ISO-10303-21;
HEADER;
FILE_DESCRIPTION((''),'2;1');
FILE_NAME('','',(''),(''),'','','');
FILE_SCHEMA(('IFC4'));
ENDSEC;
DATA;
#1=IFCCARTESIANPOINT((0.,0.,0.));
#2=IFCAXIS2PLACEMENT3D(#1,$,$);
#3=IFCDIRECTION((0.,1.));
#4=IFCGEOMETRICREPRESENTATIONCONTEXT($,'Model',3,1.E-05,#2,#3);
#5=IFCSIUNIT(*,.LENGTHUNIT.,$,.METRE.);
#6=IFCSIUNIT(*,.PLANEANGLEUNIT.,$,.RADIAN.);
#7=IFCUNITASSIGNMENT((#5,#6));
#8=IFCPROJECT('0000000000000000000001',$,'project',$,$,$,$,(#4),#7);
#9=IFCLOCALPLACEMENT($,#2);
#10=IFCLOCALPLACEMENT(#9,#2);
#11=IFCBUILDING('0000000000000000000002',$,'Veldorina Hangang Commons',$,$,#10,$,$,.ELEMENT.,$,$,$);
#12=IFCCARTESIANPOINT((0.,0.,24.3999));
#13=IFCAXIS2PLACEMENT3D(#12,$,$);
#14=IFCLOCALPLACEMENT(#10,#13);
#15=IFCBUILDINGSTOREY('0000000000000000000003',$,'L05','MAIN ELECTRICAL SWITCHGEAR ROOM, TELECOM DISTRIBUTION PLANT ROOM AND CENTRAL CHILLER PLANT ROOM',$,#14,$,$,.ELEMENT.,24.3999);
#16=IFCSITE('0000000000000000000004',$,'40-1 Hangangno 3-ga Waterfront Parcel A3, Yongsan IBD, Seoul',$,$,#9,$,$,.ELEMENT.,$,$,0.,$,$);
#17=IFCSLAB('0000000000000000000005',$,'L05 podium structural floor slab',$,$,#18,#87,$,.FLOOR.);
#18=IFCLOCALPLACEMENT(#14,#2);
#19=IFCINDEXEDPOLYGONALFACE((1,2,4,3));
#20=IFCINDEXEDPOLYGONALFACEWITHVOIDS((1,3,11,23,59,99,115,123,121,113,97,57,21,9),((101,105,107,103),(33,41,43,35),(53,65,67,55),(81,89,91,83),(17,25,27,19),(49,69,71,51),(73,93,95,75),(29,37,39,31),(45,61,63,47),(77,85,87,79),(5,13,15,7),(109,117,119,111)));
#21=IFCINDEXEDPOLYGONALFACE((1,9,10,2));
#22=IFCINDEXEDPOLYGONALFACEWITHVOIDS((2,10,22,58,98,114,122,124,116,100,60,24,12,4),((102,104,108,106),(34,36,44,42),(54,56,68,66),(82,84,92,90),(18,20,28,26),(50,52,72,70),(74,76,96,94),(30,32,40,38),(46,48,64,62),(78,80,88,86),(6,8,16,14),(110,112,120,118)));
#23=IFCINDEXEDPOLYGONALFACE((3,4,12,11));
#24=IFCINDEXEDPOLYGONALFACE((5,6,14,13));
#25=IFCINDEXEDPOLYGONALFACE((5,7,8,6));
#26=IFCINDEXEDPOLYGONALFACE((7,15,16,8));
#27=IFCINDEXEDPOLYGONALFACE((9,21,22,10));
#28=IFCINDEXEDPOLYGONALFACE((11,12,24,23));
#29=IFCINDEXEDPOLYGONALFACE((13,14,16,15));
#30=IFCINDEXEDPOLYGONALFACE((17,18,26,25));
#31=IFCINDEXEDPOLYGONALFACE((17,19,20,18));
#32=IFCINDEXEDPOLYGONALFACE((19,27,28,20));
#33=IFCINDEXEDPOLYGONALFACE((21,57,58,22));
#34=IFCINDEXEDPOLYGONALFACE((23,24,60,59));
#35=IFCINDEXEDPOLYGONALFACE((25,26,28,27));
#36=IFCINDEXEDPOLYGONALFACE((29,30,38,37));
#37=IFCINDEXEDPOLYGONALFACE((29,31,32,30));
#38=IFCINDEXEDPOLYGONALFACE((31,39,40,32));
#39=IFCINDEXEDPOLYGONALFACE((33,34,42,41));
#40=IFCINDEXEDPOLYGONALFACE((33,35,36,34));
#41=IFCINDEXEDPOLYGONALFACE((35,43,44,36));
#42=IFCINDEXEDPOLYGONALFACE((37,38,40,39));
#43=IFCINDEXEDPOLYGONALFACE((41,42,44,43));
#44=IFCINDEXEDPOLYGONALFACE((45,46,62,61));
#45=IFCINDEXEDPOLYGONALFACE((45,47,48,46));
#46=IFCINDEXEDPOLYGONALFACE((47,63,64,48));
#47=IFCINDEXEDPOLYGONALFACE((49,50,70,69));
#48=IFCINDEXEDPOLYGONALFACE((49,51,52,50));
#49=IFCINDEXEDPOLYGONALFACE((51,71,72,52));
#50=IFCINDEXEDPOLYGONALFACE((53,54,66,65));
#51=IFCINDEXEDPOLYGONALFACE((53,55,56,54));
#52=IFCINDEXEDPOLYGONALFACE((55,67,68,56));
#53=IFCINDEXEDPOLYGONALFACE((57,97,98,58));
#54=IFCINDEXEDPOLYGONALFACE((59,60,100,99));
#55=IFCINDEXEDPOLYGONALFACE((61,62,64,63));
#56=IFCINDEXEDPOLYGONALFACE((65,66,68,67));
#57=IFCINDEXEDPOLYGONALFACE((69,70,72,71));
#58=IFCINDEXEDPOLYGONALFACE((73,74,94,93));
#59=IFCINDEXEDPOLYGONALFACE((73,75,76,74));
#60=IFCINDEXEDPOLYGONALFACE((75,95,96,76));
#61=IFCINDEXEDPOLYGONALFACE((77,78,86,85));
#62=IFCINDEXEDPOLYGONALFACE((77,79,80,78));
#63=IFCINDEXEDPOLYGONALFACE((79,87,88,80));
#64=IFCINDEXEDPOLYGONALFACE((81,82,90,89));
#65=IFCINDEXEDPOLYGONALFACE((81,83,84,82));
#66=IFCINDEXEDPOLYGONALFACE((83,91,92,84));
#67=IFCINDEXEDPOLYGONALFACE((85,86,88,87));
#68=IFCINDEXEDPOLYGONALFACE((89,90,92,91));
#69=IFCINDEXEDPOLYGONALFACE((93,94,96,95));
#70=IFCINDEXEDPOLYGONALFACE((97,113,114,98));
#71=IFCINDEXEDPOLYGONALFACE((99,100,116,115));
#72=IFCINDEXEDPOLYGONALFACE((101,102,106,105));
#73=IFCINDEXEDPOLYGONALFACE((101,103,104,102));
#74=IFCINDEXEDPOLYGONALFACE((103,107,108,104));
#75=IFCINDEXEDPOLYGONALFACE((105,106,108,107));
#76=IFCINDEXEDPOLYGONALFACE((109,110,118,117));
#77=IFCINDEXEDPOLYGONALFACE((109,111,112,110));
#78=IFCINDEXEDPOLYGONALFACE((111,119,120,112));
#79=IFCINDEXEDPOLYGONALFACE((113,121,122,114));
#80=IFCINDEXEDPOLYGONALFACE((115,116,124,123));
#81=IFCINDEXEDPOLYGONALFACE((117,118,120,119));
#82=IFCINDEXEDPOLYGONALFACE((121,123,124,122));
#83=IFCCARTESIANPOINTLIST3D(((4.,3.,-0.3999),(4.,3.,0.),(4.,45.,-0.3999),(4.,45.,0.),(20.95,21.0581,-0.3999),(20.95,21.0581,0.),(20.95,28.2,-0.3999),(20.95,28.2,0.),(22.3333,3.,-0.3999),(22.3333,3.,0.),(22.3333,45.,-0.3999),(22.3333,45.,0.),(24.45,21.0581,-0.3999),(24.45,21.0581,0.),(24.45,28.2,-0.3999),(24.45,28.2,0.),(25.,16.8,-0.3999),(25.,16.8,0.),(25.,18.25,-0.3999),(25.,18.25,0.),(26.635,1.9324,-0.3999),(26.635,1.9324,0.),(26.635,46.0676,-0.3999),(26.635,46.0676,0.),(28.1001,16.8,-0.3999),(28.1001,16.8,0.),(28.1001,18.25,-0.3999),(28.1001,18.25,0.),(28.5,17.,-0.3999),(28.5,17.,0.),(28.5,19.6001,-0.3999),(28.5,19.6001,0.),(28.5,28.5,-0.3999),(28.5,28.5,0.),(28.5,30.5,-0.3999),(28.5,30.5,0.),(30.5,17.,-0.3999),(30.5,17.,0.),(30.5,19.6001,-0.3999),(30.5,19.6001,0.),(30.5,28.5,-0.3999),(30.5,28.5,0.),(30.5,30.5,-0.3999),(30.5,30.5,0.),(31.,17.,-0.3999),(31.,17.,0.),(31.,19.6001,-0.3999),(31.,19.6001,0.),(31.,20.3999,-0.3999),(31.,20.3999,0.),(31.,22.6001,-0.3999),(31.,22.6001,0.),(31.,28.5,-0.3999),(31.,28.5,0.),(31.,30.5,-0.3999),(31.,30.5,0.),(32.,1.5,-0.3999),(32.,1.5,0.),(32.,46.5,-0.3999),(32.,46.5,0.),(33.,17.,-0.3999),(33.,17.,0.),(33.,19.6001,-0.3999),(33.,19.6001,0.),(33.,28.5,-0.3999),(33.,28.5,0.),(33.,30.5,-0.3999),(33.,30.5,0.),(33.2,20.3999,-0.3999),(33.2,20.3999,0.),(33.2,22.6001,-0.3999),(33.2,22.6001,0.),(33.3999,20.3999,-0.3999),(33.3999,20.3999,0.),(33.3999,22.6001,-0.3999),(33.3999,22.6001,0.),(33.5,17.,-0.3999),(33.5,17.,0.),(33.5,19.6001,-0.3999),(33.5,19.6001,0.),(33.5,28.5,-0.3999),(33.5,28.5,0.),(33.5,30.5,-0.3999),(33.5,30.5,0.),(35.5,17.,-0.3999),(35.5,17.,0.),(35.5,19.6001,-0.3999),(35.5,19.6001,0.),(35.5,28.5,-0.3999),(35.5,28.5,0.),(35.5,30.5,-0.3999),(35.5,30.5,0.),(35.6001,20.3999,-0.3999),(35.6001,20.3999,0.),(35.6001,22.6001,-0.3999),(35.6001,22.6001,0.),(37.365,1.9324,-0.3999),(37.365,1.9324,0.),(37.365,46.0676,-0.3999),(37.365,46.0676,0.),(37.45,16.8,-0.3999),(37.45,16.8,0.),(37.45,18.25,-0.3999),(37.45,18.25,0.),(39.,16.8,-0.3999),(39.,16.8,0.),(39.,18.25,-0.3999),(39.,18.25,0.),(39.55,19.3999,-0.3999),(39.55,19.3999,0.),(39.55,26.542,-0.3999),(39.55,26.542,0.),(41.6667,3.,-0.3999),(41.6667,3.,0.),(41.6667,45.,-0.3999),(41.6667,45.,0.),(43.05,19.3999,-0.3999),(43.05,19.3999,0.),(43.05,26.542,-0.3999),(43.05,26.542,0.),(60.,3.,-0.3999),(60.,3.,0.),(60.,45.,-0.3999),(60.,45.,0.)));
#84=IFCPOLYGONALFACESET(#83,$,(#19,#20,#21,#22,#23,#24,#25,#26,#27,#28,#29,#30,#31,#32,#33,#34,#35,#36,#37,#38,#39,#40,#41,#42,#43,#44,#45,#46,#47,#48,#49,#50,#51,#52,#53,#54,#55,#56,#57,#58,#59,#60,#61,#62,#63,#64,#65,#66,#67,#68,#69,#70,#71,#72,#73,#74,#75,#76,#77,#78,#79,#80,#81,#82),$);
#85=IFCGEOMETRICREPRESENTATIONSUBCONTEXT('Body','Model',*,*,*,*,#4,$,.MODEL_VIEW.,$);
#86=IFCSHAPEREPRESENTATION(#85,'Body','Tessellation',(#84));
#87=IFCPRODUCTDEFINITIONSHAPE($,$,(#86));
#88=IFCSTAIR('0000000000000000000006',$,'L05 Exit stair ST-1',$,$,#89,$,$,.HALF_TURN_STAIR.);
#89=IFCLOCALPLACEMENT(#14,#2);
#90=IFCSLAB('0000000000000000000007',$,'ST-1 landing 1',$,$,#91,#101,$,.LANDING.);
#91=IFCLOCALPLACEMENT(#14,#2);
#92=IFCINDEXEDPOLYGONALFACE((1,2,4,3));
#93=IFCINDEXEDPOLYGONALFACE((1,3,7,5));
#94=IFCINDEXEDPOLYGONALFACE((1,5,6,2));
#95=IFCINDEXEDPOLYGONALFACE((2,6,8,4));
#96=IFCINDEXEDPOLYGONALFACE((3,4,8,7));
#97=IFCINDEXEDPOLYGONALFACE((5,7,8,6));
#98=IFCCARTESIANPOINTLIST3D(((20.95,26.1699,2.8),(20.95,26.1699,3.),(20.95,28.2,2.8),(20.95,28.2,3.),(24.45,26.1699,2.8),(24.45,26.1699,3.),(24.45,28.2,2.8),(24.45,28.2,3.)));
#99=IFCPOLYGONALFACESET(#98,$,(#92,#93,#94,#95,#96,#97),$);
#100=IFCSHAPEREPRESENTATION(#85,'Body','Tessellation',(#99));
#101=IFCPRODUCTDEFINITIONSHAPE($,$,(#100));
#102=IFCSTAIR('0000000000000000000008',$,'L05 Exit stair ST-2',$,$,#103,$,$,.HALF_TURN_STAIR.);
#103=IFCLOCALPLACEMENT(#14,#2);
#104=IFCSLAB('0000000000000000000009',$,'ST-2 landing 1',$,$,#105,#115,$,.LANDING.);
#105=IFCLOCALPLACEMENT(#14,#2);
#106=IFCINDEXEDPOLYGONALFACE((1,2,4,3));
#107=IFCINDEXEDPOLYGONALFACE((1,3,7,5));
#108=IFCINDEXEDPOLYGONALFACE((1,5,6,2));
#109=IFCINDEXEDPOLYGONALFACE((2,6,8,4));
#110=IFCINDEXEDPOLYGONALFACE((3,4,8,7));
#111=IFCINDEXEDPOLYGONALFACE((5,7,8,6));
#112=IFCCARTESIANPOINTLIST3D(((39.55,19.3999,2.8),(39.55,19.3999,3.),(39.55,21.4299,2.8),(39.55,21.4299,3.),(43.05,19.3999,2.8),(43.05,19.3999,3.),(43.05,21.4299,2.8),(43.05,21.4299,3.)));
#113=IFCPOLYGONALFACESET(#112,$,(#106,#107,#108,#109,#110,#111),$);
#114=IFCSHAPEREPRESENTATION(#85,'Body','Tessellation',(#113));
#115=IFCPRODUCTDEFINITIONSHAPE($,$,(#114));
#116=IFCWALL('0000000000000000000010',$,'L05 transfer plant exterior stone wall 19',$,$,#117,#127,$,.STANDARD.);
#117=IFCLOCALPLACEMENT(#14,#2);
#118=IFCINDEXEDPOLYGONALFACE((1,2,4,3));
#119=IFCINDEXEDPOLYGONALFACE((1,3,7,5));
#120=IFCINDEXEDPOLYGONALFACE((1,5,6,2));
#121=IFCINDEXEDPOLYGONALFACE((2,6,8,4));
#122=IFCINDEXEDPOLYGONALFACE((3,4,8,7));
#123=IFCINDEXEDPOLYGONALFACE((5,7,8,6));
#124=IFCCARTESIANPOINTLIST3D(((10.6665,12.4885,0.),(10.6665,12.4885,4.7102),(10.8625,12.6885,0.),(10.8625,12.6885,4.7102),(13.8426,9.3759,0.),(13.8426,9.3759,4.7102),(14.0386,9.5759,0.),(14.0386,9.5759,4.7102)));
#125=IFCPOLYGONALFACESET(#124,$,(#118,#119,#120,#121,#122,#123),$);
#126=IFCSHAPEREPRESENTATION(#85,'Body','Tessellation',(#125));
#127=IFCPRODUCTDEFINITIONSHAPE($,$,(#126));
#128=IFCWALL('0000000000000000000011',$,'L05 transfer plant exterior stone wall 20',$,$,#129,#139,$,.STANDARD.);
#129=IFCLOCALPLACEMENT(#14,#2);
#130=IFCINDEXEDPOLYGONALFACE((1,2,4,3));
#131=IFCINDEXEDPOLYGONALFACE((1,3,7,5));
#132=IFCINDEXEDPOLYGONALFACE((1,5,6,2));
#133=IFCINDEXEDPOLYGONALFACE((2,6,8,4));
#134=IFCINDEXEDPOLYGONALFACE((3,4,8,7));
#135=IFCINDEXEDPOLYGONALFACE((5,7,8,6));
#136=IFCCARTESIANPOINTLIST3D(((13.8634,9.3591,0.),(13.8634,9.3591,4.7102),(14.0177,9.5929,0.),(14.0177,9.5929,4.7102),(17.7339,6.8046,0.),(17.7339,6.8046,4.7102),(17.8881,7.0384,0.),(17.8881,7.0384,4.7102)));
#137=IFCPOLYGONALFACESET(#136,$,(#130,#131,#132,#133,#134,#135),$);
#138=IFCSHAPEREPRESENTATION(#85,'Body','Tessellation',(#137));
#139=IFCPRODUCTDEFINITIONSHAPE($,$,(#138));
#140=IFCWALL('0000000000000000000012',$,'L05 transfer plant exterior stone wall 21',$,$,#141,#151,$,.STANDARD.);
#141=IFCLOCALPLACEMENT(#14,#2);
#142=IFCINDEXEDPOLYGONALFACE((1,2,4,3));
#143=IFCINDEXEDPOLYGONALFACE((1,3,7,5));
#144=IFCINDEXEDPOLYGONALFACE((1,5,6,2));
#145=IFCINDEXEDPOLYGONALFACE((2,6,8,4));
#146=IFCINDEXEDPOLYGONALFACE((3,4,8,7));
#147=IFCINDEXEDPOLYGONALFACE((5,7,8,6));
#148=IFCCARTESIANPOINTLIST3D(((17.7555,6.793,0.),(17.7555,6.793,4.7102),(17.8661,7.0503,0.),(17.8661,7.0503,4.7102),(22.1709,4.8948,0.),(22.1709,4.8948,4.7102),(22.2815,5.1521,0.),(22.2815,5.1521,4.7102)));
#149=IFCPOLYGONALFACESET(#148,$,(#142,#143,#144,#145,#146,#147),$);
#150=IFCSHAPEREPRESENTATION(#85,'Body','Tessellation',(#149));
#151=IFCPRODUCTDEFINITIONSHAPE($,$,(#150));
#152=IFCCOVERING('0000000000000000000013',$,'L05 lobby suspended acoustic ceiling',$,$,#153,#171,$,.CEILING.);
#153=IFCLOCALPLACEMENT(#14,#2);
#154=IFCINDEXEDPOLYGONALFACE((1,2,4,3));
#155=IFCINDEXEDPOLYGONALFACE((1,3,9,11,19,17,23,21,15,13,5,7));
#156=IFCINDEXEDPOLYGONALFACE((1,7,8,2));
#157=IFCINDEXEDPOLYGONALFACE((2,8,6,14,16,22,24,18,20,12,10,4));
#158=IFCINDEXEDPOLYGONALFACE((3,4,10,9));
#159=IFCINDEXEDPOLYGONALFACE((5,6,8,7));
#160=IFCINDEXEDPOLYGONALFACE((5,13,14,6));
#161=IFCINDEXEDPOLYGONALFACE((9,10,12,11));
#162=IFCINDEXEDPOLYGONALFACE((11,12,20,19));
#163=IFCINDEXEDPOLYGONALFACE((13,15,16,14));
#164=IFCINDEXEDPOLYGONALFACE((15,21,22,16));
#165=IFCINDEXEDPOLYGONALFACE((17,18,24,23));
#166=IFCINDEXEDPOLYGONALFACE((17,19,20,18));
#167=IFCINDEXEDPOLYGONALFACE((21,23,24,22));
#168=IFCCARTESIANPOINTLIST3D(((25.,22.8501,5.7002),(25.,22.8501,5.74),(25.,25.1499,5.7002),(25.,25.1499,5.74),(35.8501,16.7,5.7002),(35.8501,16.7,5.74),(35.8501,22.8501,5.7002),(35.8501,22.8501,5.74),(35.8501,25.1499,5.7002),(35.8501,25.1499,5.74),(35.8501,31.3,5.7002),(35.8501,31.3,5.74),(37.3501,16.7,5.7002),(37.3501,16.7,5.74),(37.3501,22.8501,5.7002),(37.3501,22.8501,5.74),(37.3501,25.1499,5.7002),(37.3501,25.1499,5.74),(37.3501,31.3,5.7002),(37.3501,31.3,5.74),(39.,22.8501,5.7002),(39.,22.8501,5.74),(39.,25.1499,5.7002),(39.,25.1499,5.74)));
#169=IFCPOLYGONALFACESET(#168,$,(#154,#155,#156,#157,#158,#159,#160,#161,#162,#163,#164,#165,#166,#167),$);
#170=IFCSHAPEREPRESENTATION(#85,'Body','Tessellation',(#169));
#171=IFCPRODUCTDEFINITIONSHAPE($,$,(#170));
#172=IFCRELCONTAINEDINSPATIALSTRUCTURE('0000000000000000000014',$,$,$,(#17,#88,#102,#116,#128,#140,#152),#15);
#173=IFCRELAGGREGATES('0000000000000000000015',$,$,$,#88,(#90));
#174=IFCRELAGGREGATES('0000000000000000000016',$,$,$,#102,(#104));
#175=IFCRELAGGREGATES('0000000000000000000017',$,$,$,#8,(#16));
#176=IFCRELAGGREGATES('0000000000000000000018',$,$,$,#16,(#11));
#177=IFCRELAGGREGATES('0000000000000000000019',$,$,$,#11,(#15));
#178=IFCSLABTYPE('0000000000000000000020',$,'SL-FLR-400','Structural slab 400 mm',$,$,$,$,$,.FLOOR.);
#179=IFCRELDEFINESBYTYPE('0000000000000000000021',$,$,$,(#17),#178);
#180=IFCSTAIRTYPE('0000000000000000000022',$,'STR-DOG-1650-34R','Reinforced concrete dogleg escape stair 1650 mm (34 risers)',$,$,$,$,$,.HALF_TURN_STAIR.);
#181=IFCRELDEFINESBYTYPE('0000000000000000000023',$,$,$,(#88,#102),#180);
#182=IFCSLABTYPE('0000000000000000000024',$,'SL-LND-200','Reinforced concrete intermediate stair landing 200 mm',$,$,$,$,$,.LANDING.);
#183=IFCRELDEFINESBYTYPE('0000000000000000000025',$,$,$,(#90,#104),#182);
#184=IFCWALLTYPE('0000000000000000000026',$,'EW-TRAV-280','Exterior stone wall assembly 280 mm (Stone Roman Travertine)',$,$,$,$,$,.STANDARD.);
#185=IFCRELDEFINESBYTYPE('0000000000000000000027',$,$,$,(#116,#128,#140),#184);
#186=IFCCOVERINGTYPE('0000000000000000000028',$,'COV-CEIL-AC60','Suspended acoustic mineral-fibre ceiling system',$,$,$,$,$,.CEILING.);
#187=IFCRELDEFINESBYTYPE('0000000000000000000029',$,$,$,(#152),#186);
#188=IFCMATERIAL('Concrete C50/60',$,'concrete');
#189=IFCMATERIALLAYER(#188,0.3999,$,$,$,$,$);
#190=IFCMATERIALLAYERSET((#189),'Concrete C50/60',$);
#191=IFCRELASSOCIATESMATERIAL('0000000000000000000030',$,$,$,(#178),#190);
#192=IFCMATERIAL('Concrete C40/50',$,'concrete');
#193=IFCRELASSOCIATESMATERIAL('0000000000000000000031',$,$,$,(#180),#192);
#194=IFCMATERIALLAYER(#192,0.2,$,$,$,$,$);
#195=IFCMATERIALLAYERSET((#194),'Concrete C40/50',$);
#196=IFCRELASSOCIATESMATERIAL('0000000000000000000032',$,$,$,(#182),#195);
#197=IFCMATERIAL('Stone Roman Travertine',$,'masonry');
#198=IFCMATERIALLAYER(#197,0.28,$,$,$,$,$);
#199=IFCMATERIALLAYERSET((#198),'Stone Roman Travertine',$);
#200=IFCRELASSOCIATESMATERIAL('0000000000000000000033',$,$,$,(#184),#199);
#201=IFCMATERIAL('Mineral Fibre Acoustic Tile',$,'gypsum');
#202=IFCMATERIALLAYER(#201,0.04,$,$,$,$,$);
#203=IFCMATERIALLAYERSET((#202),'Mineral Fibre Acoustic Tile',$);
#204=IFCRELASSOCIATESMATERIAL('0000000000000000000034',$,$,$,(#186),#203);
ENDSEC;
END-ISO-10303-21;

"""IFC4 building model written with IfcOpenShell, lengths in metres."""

from ifc_helpers import new_model, si_unit, direction, frame, frame_2d, origin, place, context, subcontext, project, spatial, polyline, rectangle, outline, extrude, material, layer, layer_set, type_object, element, aggregate, save


model = new_model("IFC4")

# Units and contexts
model_context = context("Model", 3, precision=1e-05, world=origin(), true_north=direction((0.0, 1.0)))
body_context = subcontext(model_context, "Body", "Model", "MODEL_VIEW")
ifc_project = project(units=[si_unit("LENGTHUNIT", "METRE"), si_unit("PLANEANGLEUNIT", "RADIAN")], contexts=[model_context])

# Site, building, storey
site_placement = place(None, origin())
site = spatial("IfcSite", under=ifc_project, at=site_placement, Name="40-1 Hangangno 3-ga Waterfront Parcel A3, Yongsan IBD, Seoul", CompositionType="ELEMENT", RefElevation=0.0)
building_placement = place(site_placement, origin())
building = spatial("IfcBuilding", under=site, at=building_placement, Name="Veldorina Hangang Commons", CompositionType="ELEMENT")
storey_placement = place(building_placement, frame((0.0, 0.0, 24.3999)))
storey = spatial("IfcBuildingStorey", under=building, at=storey_placement, Name="L05", Description="MAIN ELECTRICAL SWITCHGEAR ROOM, TELECOM DISTRIBUTION PLANT ROOM AND CENTRAL CHILLER PLANT ROOM", CompositionType="ELEMENT", Elevation=24.3999)

# Slab
ifc_material_1 = material(Name="Concrete C50/60", Category="concrete")
ifc_layer_1 = layer(ifc_material_1, 0.3999)
ifc_layer_set_1 = layer_set([ifc_layer_1], Name="Concrete C50/60")
slab_type_1 = type_object("IfcSlabType", Name="SL-FLR-400", Description="Structural slab 400 mm", PredefinedType="FLOOR", material=ifc_layer_set_1)
slab_1_placement = place(storey_placement, frame((0.0, 0.0, -0.3999)))
element("IfcSlab", 1, at=slab_1_placement, inside=storey, type_object=slab_type_1, Name="L05 podium structural floor slab", PredefinedType="FLOOR", context=body_context, shape_type="SweptSolid", body=[
    extrude(outline(polyline([(4.0, 3.0), (4.0, 45.0), (22.3333, 45.0), (26.635, 46.0676), (32.0, 46.5), (37.365, 46.0676), (41.6667, 45.0), (60.0, 45.0), (60.0, 3.0), (41.6667, 3.0), (37.365, 1.9324), (32.0, 1.5), (26.635, 1.9324), (22.3333, 3.0), (4.0, 3.0)]), holes=[polyline([(20.95, 21.0581), (20.95, 28.2), (24.45, 28.2), (24.45, 21.0581), (20.95, 21.0581)]), polyline([(43.05, 26.542), (43.05, 19.3999), (39.55, 19.3999), (39.55, 26.542), (43.05, 26.542)]), polyline([(28.5, 30.5), (30.5, 30.5), (30.5, 28.5), (28.5, 28.5), (28.5, 30.5)]), polyline([(31.0, 30.5), (33.0, 30.5), (33.0, 28.5), (31.0, 28.5), (31.0, 30.5)]), polyline([(33.5, 30.5), (35.5, 30.5), (35.5, 28.5), (33.5, 28.5), (33.5, 30.5)]), polyline([(31.0, 22.6001), (33.2, 22.6001), (33.2, 20.3999), (31.0, 20.3999), (31.0, 22.6001)]), polyline([(33.3999, 22.6001), (35.6001, 22.6001), (35.6001, 20.3999), (33.3999, 20.3999), (33.3999, 22.6001)]), polyline([(28.5, 19.6001), (30.5, 19.6001), (30.5, 17.0), (28.5, 17.0), (28.5, 19.6001)]), polyline([(31.0, 19.6001), (33.0, 19.6001), (33.0, 17.0), (31.0, 17.0), (31.0, 19.6001)]), polyline([(33.5, 19.6001), (35.5, 19.6001), (35.5, 17.0), (33.5, 17.0), (33.5, 19.6001)]), polyline([(25.0, 18.25), (28.1001, 18.25), (28.1001, 16.8), (25.0, 16.8), (25.0, 18.25)]), polyline([(37.45, 18.25), (39.0, 18.25), (39.0, 16.8), (37.45, 16.8), (37.45, 18.25)])]), origin(), (0.0, 0.0, 1.0), 0.3999),
])

# Stairs, slabs
ifc_material_2 = material(Name="Concrete C40/50", Category="concrete")
stair_type = type_object("IfcStairType", Name="STR-DOG-1650-34R", Description="Reinforced concrete dogleg escape stair 1650 mm (34 risers)", PredefinedType="HALF_TURN_STAIR", material=ifc_material_2)
stair_1_placement = place(storey_placement, origin())
stair_1 = element("IfcStair", 2, at=stair_1_placement, inside=storey, type_object=stair_type, Name="L05 Exit stair ST-1", PredefinedType="HALF_TURN_STAIR")
ifc_layer_2 = layer(ifc_material_2, 0.2)
ifc_layer_set_2 = layer_set([ifc_layer_2], Name="Concrete C40/50")
slab_type_2 = type_object("IfcSlabType", Name="SL-LND-200", Description="Reinforced concrete intermediate stair landing 200 mm", PredefinedType="LANDING", material=ifc_layer_set_2)
slab_2_placement = place(storey_placement, frame((0.0, 0.0, 2.8)))
slab_2 = element("IfcSlab", 3, at=slab_2_placement, type_object=slab_type_2, Name="ST-1 landing 1", PredefinedType="LANDING", context=body_context, shape_type="SweptSolid", body=[
    extrude(outline(polyline([(24.45, 26.1699), (24.45, 28.2), (20.95, 28.2), (20.95, 26.1699), (24.45, 26.1699)])), origin(), (0.0, 0.0, 1.0), 0.2),
])
aggregate(stair_1, [slab_2])
stair_2_placement = place(storey_placement, origin())
stair_2 = element("IfcStair", 4, at=stair_2_placement, inside=storey, type_object=stair_type, Name="L05 Exit stair ST-2", PredefinedType="HALF_TURN_STAIR")
slab_3_placement = place(storey_placement, frame((0.0, 0.0, 2.8)))
slab_3 = element("IfcSlab", 5, at=slab_3_placement, type_object=slab_type_2, Name="ST-2 landing 1", PredefinedType="LANDING", context=body_context, shape_type="SweptSolid", body=[
    extrude(outline(polyline([(39.55, 21.4299), (39.55, 19.3999), (43.05, 19.3999), (43.05, 21.4299), (39.55, 21.4299)])), origin(), (0.0, 0.0, 1.0), 0.2),
])
aggregate(stair_2, [slab_3])

# Walls
ifc_material_3 = material(Name="Stone Roman Travertine", Category="masonry")
ifc_layer_3 = layer(ifc_material_3, 0.28)
ifc_layer_set_3 = layer_set([ifc_layer_3], Name="Stone Roman Travertine")
wall_type = type_object("IfcWallType", Name="EW-TRAV-280", Description="Exterior stone wall assembly 280 mm (Stone Roman Travertine)", PredefinedType="STANDARD", material=ifc_layer_set_3)
wall_1_placement = place(storey_placement, frame((10.7644, 12.5886, 0.0), z_axis=(0.0, 0.0, 1.0), x_axis=(0.714208, -0.699934, 0.0)))
element("IfcWall", 6, at=wall_1_placement, inside=storey, type_object=wall_type, Name="L05 transfer plant exterior stone wall 19", PredefinedType="STANDARD", context=body_context, shape_type="SweptSolid", body=[
    extrude(rectangle(XDim=4.447, YDim=0.28, at=frame_2d((2.2236, 0.0))), origin(), (0.0, 0.0, 1.0), 4.7102),
])
wall_2_placement = place(storey_placement, frame((13.9404, 9.4761, 0.0), z_axis=(0.0, 0.0, 1.0), x_axis=(0.834609, -0.550843, 0.0)))
element("IfcWall", 7, at=wall_2_placement, inside=storey, type_object=wall_type, Name="L05 transfer plant exterior stone wall 20", PredefinedType="STANDARD", context=body_context, shape_type="SweptSolid", body=[
    extrude(rectangle(XDim=4.6375, YDim=0.28, at=frame_2d((2.3188, 0.0))), origin(), (0.0, 0.0, 1.0), 4.7102),
])
wall_3_placement = place(storey_placement, frame((17.8108, 6.9216, 0.0), z_axis=(0.0, 0.0, 1.0), x_axis=(0.918706, -0.394943, 0.0)))
element("IfcWall", 8, at=wall_3_placement, inside=storey, type_object=wall_type, Name="L05 transfer plant exterior stone wall 21", PredefinedType="STANDARD", context=body_context, shape_type="SweptSolid", body=[
    extrude(rectangle(XDim=4.8062, YDim=0.28, at=frame_2d((2.4031, 0.0))), origin(), (0.0, 0.0, 1.0), 4.7102),
])

# Covering
ifc_material_4 = material(Name="Mineral Fibre Acoustic Tile", Category="gypsum")
ifc_layer_4 = layer(ifc_material_4, 0.04)
ifc_layer_set_4 = layer_set([ifc_layer_4], Name="Mineral Fibre Acoustic Tile")
covering_type_1 = type_object("IfcCoveringType", Name="COV-CEIL-AC60", Description="Suspended acoustic mineral-fibre ceiling system", PredefinedType="CEILING", material=ifc_layer_set_4)
covering_1_placement = place(storey_placement, frame((0.0, 0.0, 5.7002)))
element("IfcCovering", 9, at=covering_1_placement, inside=storey, type_object=covering_type_1, Name="L05 lobby suspended acoustic ceiling", PredefinedType="CEILING", context=body_context, shape_type="SweptSolid", body=[
    extrude(outline(polyline([(25.0, 22.8501), (35.8501, 22.8501), (35.8501, 16.7), (37.3501, 16.7), (37.3501, 22.8501), (39.0, 22.8501), (39.0, 25.1499), (37.3501, 25.1499), (37.3501, 31.3), (35.8501, 31.3), (35.8501, 25.1499), (25.0, 25.1499), (25.0, 22.8501)])), origin(), (0.0, 0.0, 1.0), 0.0398),
])

save(model, "model.ifc")
